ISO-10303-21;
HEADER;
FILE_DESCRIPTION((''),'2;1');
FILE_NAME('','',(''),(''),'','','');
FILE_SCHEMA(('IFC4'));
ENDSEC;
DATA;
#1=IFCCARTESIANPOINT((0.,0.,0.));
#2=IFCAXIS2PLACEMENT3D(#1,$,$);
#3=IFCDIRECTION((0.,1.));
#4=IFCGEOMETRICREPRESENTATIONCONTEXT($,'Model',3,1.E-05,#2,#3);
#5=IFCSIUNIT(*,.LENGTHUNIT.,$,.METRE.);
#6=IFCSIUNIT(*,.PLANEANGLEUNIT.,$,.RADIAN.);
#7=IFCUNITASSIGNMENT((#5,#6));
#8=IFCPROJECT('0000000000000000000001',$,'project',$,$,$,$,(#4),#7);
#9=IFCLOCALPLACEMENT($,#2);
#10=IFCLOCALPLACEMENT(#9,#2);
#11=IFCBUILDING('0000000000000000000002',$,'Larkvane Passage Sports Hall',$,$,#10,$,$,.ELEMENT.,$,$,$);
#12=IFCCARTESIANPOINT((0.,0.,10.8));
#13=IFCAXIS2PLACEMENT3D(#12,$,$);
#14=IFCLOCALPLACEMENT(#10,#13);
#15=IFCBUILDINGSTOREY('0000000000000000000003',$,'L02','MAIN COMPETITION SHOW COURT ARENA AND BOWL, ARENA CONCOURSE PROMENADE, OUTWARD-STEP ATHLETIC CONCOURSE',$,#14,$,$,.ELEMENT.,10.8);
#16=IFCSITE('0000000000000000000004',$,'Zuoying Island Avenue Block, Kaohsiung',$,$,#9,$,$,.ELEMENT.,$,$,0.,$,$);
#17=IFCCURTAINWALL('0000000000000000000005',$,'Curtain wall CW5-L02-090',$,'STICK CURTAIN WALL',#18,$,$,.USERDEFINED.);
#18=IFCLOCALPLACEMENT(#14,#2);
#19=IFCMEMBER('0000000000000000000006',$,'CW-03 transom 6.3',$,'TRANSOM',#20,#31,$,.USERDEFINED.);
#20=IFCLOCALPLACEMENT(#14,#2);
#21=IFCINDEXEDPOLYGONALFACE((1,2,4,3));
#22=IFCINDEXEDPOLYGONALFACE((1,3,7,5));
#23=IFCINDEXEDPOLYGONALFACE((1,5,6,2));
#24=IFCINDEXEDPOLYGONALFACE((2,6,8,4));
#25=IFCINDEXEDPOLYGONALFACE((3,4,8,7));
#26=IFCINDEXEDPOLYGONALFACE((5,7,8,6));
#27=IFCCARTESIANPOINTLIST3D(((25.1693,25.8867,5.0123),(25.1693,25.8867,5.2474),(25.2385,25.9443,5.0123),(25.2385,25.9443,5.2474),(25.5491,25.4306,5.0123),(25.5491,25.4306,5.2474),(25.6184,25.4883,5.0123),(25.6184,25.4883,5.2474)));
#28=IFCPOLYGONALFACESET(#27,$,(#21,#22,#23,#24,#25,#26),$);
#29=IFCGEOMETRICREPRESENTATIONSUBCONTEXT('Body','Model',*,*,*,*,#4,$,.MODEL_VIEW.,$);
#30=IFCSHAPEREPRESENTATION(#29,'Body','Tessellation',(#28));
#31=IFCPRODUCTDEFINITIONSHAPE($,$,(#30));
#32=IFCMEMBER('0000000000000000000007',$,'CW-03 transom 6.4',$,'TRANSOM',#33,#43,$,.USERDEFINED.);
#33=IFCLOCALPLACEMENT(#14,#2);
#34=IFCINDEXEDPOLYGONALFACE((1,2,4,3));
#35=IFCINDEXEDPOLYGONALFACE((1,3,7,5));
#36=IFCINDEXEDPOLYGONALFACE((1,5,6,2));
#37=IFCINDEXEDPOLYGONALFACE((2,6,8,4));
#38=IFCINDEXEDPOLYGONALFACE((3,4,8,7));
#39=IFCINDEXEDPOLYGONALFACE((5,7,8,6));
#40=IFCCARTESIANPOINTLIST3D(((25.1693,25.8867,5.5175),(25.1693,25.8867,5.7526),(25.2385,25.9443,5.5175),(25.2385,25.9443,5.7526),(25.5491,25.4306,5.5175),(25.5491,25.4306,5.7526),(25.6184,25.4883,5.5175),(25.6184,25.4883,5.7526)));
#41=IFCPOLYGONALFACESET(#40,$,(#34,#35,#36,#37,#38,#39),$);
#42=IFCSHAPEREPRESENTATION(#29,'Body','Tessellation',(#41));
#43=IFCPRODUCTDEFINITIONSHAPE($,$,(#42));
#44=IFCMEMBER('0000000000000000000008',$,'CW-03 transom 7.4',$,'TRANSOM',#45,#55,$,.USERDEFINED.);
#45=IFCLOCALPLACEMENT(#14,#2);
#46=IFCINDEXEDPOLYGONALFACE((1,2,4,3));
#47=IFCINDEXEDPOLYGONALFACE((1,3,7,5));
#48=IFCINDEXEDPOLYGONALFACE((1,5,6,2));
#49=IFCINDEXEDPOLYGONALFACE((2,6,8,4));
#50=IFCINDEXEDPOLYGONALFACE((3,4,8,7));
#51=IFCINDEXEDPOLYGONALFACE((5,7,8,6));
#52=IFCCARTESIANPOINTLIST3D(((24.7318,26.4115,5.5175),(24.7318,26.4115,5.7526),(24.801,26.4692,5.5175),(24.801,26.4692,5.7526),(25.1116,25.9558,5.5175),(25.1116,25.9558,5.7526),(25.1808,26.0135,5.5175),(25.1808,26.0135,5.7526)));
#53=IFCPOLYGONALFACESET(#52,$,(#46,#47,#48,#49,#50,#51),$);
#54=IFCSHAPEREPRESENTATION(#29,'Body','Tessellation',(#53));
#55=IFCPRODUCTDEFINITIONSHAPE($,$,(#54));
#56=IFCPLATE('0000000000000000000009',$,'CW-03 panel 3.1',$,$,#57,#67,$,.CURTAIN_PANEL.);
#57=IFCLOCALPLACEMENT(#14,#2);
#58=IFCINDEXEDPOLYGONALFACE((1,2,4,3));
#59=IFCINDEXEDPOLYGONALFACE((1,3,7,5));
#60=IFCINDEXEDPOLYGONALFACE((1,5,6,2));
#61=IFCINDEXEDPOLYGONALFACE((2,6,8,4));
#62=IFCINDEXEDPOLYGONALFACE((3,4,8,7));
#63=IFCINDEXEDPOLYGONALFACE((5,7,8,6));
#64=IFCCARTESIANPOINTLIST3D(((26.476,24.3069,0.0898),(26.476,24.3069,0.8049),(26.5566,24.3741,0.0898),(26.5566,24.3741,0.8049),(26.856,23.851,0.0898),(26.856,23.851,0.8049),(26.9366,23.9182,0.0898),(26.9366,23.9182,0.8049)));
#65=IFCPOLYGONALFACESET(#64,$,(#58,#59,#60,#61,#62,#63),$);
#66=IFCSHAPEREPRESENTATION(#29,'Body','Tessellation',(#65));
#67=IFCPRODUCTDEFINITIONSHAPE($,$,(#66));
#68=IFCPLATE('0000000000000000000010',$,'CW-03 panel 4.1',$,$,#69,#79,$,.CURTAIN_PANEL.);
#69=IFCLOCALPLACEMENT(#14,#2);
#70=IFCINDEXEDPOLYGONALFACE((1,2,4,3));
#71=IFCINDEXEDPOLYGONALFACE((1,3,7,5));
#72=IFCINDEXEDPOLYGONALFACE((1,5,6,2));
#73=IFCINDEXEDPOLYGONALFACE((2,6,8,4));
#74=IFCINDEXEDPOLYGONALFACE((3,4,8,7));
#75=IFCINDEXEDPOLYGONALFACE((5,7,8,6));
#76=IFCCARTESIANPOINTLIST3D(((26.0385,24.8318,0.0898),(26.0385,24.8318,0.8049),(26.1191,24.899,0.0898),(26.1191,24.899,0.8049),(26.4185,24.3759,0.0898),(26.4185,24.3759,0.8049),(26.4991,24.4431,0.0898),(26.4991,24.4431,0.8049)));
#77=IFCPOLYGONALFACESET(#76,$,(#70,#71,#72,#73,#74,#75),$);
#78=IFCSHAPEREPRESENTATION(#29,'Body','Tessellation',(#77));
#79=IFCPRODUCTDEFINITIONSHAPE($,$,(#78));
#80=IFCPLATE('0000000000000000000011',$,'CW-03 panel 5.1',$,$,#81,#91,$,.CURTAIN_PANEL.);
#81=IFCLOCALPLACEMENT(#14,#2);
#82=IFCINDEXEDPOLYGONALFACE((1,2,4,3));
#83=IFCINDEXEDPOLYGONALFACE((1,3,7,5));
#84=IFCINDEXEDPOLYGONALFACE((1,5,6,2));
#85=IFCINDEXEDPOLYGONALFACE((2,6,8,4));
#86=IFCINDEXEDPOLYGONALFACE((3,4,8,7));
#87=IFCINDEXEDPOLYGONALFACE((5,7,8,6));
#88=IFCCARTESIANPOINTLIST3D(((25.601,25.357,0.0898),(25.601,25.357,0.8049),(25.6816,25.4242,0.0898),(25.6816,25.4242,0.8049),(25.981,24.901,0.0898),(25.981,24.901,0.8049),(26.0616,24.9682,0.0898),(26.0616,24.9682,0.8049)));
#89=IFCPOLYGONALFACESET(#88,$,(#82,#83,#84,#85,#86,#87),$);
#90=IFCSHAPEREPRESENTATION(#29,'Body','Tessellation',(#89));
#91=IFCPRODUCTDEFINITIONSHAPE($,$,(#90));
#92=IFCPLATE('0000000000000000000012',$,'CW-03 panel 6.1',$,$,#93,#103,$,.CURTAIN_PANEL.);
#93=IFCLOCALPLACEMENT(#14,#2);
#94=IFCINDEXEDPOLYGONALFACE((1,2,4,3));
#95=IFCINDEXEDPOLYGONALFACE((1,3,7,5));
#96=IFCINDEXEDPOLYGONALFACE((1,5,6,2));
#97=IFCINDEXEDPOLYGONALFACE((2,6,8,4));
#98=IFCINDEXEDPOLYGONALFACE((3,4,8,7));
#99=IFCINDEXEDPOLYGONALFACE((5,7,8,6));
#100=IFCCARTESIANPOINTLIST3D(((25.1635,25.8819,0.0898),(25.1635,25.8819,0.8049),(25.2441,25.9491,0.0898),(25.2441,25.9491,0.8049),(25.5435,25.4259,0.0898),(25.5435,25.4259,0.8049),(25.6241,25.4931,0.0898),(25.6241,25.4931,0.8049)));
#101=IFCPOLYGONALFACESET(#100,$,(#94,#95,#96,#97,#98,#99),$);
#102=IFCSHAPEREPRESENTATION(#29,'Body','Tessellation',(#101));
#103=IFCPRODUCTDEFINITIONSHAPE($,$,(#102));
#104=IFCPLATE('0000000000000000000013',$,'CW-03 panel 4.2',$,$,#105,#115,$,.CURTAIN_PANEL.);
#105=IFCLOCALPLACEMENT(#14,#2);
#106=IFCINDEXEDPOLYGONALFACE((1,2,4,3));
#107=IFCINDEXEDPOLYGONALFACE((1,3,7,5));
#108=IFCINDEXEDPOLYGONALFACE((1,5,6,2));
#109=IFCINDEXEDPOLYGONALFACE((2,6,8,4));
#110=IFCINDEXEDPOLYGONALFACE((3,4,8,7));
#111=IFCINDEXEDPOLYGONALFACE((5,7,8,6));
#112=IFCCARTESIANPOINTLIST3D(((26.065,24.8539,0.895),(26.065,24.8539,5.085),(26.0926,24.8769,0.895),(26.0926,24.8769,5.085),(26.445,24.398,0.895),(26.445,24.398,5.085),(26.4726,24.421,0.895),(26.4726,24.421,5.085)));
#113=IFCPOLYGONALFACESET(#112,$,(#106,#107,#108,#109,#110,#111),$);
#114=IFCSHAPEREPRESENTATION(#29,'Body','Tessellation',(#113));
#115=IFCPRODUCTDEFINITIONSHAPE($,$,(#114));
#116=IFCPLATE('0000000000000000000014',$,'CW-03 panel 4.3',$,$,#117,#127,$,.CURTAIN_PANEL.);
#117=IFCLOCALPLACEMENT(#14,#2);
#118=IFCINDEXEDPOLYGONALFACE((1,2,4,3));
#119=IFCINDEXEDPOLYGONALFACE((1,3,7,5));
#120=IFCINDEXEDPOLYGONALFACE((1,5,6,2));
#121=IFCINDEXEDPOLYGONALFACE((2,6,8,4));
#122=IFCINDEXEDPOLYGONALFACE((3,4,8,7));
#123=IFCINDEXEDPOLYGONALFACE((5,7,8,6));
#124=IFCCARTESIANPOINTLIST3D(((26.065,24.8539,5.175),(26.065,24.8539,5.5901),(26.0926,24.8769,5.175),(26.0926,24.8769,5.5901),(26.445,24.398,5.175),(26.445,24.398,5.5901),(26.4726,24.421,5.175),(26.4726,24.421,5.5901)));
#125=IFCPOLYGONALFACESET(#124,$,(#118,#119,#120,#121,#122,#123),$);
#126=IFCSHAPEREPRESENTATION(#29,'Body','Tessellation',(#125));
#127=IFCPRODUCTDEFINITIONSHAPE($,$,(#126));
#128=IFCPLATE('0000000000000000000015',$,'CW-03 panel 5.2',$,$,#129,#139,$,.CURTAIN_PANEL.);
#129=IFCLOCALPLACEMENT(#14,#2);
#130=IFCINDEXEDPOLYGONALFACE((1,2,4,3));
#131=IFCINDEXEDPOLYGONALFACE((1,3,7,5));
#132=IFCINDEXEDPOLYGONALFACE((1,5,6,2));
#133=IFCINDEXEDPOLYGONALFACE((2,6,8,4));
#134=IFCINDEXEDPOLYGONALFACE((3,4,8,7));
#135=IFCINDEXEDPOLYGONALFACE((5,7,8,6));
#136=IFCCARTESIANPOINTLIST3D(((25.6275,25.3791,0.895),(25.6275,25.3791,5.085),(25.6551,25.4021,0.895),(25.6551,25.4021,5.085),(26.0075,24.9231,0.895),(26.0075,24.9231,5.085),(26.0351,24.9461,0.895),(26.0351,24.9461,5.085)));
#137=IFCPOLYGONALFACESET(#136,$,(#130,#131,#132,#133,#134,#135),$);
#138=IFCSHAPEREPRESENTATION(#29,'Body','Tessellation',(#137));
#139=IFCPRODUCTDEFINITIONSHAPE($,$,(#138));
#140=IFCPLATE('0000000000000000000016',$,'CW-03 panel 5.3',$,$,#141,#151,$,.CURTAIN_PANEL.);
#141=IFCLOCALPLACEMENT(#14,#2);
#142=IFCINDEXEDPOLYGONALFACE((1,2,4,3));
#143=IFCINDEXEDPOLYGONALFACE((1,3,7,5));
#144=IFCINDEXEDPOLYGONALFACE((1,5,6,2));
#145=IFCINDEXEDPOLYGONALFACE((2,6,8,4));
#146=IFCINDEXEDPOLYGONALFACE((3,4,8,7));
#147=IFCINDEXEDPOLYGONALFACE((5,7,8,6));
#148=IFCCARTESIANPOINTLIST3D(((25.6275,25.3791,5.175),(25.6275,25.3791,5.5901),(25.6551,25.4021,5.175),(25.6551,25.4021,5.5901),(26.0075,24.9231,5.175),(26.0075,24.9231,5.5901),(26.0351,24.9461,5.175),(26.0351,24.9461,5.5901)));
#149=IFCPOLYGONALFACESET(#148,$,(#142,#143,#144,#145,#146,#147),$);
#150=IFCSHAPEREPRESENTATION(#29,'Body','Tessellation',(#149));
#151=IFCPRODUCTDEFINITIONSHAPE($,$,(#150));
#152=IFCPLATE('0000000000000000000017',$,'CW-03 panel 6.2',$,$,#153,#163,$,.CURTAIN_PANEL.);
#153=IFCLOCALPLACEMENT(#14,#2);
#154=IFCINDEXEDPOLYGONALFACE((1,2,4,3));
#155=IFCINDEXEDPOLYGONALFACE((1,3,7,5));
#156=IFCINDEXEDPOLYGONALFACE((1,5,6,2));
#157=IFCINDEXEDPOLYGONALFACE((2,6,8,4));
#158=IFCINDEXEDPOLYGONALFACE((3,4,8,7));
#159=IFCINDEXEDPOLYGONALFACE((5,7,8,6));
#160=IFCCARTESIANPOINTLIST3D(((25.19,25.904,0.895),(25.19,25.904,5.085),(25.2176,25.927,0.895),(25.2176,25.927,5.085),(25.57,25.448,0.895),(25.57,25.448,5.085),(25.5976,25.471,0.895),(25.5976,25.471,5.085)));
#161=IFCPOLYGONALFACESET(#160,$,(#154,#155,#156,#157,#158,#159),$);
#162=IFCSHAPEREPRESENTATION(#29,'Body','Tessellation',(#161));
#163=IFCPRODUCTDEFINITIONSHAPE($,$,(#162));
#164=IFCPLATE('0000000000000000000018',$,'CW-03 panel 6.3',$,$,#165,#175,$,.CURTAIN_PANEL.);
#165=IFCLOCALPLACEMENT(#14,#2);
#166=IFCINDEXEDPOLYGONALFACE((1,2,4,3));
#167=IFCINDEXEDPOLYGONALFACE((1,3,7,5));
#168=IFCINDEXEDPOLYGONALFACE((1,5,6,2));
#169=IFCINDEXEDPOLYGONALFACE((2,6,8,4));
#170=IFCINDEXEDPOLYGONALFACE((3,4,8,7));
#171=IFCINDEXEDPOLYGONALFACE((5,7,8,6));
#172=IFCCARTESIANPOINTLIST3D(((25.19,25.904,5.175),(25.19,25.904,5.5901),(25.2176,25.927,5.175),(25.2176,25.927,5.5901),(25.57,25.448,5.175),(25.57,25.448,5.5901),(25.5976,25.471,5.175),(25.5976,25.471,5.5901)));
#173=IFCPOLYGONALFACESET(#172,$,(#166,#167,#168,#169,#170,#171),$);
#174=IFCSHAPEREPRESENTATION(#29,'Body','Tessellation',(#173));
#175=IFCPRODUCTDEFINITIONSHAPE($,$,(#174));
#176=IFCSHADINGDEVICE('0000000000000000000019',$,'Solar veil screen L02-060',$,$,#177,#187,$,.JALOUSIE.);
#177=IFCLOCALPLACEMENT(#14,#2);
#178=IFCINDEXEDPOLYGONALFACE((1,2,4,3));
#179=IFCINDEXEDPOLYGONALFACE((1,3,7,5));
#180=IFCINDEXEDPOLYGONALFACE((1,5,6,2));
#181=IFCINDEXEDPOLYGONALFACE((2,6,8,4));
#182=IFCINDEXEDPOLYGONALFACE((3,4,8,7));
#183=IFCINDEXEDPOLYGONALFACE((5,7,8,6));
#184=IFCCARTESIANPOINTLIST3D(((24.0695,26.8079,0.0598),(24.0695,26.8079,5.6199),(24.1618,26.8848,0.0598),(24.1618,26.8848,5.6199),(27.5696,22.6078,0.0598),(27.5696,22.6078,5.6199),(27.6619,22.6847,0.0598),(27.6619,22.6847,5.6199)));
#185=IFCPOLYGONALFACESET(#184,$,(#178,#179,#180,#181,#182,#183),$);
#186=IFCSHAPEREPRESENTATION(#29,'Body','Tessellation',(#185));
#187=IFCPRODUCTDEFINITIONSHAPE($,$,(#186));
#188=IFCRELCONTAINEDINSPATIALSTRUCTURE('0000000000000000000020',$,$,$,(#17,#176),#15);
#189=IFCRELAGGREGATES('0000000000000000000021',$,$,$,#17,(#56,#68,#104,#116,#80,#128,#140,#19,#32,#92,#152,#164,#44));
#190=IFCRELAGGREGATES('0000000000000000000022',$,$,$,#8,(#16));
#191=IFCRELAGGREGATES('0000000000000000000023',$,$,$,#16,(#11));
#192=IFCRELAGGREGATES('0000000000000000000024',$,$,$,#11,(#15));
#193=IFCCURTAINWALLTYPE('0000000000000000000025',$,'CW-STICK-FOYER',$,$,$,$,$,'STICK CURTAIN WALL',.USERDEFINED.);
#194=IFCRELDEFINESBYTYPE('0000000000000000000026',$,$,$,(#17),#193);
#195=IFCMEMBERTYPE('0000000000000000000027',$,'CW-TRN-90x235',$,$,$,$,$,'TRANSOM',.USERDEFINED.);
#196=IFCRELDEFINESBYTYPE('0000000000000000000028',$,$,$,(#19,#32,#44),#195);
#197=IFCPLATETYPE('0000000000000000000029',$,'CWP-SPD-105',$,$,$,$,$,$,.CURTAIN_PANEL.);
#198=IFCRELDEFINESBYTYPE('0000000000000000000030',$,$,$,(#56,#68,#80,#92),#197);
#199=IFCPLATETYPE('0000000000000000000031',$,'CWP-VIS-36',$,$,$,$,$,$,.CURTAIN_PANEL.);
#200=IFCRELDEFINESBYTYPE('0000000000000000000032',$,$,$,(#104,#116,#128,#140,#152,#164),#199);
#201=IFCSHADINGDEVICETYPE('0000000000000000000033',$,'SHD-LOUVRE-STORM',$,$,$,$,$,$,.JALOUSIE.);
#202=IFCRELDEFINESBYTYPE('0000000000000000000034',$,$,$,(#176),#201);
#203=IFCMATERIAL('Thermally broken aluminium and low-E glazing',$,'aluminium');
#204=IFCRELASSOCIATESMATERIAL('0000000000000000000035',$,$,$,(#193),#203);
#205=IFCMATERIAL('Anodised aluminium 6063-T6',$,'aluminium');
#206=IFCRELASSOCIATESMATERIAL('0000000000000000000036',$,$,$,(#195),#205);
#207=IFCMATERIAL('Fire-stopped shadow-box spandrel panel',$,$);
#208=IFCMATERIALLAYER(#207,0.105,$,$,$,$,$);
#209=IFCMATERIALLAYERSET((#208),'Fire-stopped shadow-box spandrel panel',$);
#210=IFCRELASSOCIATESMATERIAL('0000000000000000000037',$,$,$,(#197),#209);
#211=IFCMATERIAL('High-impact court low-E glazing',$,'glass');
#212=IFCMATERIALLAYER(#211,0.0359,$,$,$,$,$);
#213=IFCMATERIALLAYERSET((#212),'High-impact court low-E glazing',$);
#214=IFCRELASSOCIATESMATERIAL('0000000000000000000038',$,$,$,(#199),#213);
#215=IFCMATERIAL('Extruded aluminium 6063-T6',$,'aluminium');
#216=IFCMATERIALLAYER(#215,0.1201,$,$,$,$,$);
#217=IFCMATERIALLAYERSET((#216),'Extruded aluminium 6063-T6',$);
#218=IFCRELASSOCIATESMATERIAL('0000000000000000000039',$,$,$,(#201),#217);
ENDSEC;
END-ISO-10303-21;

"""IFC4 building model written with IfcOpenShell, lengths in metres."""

from ifc_helpers import new_model, si_unit, direction, frame, origin, origin_2d, place, context, subcontext, project, spatial, rectangle, extrude, material, layer, layer_set, material_profile, profile_set, type_object, element, aggregate, save


model = new_model("IFC4")

# Units and contexts
model_context = context("Model", 3, precision=1e-05, world=origin(), true_north=direction((0.0, 1.0)))
body_context = subcontext(model_context, "Body", "Model", "MODEL_VIEW")
ifc_project = project(units=[si_unit("LENGTHUNIT", "METRE"), si_unit("PLANEANGLEUNIT", "RADIAN")], contexts=[model_context])

# Site, building, storey
site_placement = place(None, origin())
site = spatial("IfcSite", under=ifc_project, at=site_placement, Name="Zuoying Island Avenue Block, Kaohsiung", CompositionType="ELEMENT", RefElevation=0.0)
building_placement = place(site_placement, origin())
building = spatial("IfcBuilding", under=site, at=building_placement, Name="Larkvane Passage Sports Hall", CompositionType="ELEMENT")
storey_placement = place(building_placement, frame((0.0, 0.0, 10.8)))
storey = spatial("IfcBuildingStorey", under=building, at=storey_placement, Name="L02", Description="MAIN COMPETITION SHOW COURT ARENA AND BOWL, ARENA CONCOURSE PROMENADE, OUTWARD-STEP ATHLETIC CONCOURSE", CompositionType="ELEMENT", Elevation=10.8)

# Curtain wall, members, plates
ifc_material_1 = material(Name="Thermally broken aluminium and low-E glazing", Category="aluminium")
curtain_wall_type = type_object("IfcCurtainWallType", Name="CW-STICK-FOYER", ElementType="STICK CURTAIN WALL", PredefinedType="USERDEFINED", material=ifc_material_1)
curtain_wall_placement = place(storey_placement, origin())
curtain_wall = element("IfcCurtainWall", 1, at=curtain_wall_placement, inside=storey, type_object=curtain_wall_type, Name="Curtain wall CW5-L02-090", ObjectType="STICK CURTAIN WALL", PredefinedType="USERDEFINED")
ifc_material_2 = material(Name="Anodised aluminium 6063-T6", Category="aluminium")
ifc_material_profile_1 = material_profile(ifc_material_2, rectangle(XDim=0.0901, YDim=0.2351, at=origin_2d()), Name="ALU-TRN-90x235")
ifc_profile_set_1 = profile_set([ifc_material_profile_1], Name="Anodised aluminium 6063-T6")
member_type_1 = type_object("IfcMemberType", Name="CW-TRN-90x235", ElementType="TRANSOM", PredefinedType="USERDEFINED", material=ifc_profile_set_1)
member_1_placement = place(storey_placement, frame((25.5837, 25.4595, 5.1299), z_axis=(-0.640023, 0.768356, 0.0), x_axis=(-0.768356, -0.640023, 0.0)))
member_1 = element("IfcMember", 2, at=member_1_placement, type_object=member_type_1, Name="CW-03 transom 6.3", ObjectType="TRANSOM", PredefinedType="USERDEFINED", context=body_context, shape_type="SweptSolid", body=[
    extrude(rectangle(XDim=0.0901, YDim=0.2351, at=origin_2d()), origin(), (0.0, 0.0, 1.0), 0.5935),
])
member_2_placement = place(storey_placement, frame((25.5837, 25.4595, 5.635), z_axis=(-0.640023, 0.768356, 0.0), x_axis=(-0.768356, -0.640023, 0.0)))
member_2 = element("IfcMember", 3, at=member_2_placement, type_object=member_type_1, Name="CW-03 transom 6.4", ObjectType="TRANSOM", PredefinedType="USERDEFINED", context=body_context, shape_type="SweptSolid", body=[
    extrude(rectangle(XDim=0.0901, YDim=0.2351, at=origin_2d()), origin(), (0.0, 0.0, 1.0), 0.5935),
])
member_3_placement = place(storey_placement, frame((25.1462, 25.9846, 5.635), z_axis=(-0.640225, 0.768188, 0.0), x_axis=(-0.768188, -0.640225, 0.0)))
member_3 = element("IfcMember", 4, at=member_3_placement, type_object=member_type_1, Name="CW-03 transom 7.4", ObjectType="TRANSOM", PredefinedType="USERDEFINED", context=body_context, shape_type="SweptSolid", body=[
    extrude(rectangle(XDim=0.0901, YDim=0.2351, at=origin_2d()), origin(), (0.0, 0.0, 1.0), 0.5933),
])
ifc_material_3 = material(Name="Fire-stopped shadow-box spandrel panel")
ifc_layer_1 = layer(ifc_material_3, 0.105)
ifc_layer_set_1 = layer_set([ifc_layer_1], Name="Fire-stopped shadow-box spandrel panel")
plate_type_1 = type_object("IfcPlateType", Name="CWP-SPD-105", PredefinedType="CURTAIN_PANEL", material=ifc_layer_set_1)
plate_1_placement = place(storey_placement, frame((26.7063, 24.1125, 0.0898), z_axis=(0.0, 0.0, 1.0), x_axis=(-0.640184, 0.768221, 0.0)))
plate_1 = element("IfcPlate", 5, at=plate_1_placement, type_object=plate_type_1, Name="CW-03 panel 3.1", PredefinedType="CURTAIN_PANEL", context=body_context, shape_type="SweptSolid", body=[
    extrude(rectangle(XDim=0.5935, YDim=0.105, at=origin_2d()), origin(), (0.0, 0.0, 1.0), 0.7151),
])
plate_2_placement = place(storey_placement, frame((26.2688, 24.6375, 0.0898), z_axis=(0.0, 0.0, 1.0), x_axis=(-0.640184, 0.768221, 0.0)))
plate_2 = element("IfcPlate", 6, at=plate_2_placement, type_object=plate_type_1, Name="CW-03 panel 4.1", PredefinedType="CURTAIN_PANEL", context=body_context, shape_type="SweptSolid", body=[
    extrude(rectangle(XDim=0.5935, YDim=0.105, at=origin_2d()), origin(), (0.0, 0.0, 1.0), 0.7151),
])
plate_3_placement = place(storey_placement, frame((25.8313, 25.1626, 0.0898), z_axis=(0.0, 0.0, 1.0), x_axis=(-0.640184, 0.768221, 0.0)))
plate_3 = element("IfcPlate", 7, at=plate_3_placement, type_object=plate_type_1, Name="CW-03 panel 5.1", PredefinedType="CURTAIN_PANEL", context=body_context, shape_type="SweptSolid", body=[
    extrude(rectangle(XDim=0.5935, YDim=0.105, at=origin_2d()), origin(), (0.0, 0.0, 1.0), 0.7151),
])
plate_4_placement = place(storey_placement, frame((25.3938, 25.6875, 0.0898), z_axis=(0.0, 0.0, 1.0), x_axis=(-0.640184, 0.768221, 0.0)))
plate_4 = element("IfcPlate", 8, at=plate_4_placement, type_object=plate_type_1, Name="CW-03 panel 6.1", PredefinedType="CURTAIN_PANEL", context=body_context, shape_type="SweptSolid", body=[
    extrude(rectangle(XDim=0.5935, YDim=0.105, at=origin_2d()), origin(), (0.0, 0.0, 1.0), 0.7151),
])
ifc_material_4 = material(Name="High-impact court low-E glazing", Category="glass")
ifc_layer_2 = layer(ifc_material_4, 0.0359)
ifc_layer_set_2 = layer_set([ifc_layer_2], Name="High-impact court low-E glazing")
plate_type_2 = type_object("IfcPlateType", Name="CWP-VIS-36", PredefinedType="CURTAIN_PANEL", material=ifc_layer_set_2)
plate_5_placement = place(storey_placement, frame((26.2688, 24.6375, 0.895), z_axis=(0.0, 0.0, 1.0), x_axis=(-0.640184, 0.768221, 0.0)))
plate_5 = element("IfcPlate", 9, at=plate_5_placement, type_object=plate_type_2, Name="CW-03 panel 4.2", PredefinedType="CURTAIN_PANEL", context=body_context, shape_type="SweptSolid", body=[
    extrude(rectangle(XDim=0.5935, YDim=0.0359, at=origin_2d()), origin(), (0.0, 0.0, 1.0), 4.1899),
])
plate_6_placement = place(storey_placement, frame((26.2688, 24.6375, 5.175), z_axis=(0.0, 0.0, 1.0), x_axis=(-0.640184, 0.768221, 0.0)))
plate_6 = element("IfcPlate", 10, at=plate_6_placement, type_object=plate_type_2, Name="CW-03 panel 4.3", PredefinedType="CURTAIN_PANEL", context=body_context, shape_type="SweptSolid", body=[
    extrude(rectangle(XDim=0.5935, YDim=0.0359, at=origin_2d()), origin(), (0.0, 0.0, 1.0), 0.415),
])
plate_7_placement = place(storey_placement, frame((25.8313, 25.1626, 0.895), z_axis=(0.0, 0.0, 1.0), x_axis=(-0.640184, 0.768221, 0.0)))
plate_7 = element("IfcPlate", 11, at=plate_7_placement, type_object=plate_type_2, Name="CW-03 panel 5.2", PredefinedType="CURTAIN_PANEL", context=body_context, shape_type="SweptSolid", body=[
    extrude(rectangle(XDim=0.5935, YDim=0.0359, at=origin_2d()), origin(), (0.0, 0.0, 1.0), 4.1899),
])
plate_8_placement = place(storey_placement, frame((25.8313, 25.1626, 5.175), z_axis=(0.0, 0.0, 1.0), x_axis=(-0.640184, 0.768221, 0.0)))
plate_8 = element("IfcPlate", 12, at=plate_8_placement, type_object=plate_type_2, Name="CW-03 panel 5.3", PredefinedType="CURTAIN_PANEL", context=body_context, shape_type="SweptSolid", body=[
    extrude(rectangle(XDim=0.5935, YDim=0.0359, at=origin_2d()), origin(), (0.0, 0.0, 1.0), 0.415),
])
plate_9_placement = place(storey_placement, frame((25.3938, 25.6875, 0.895), z_axis=(0.0, 0.0, 1.0), x_axis=(-0.640184, 0.768221, 0.0)))
plate_9 = element("IfcPlate", 13, at=plate_9_placement, type_object=plate_type_2, Name="CW-03 panel 6.2", PredefinedType="CURTAIN_PANEL", context=body_context, shape_type="SweptSolid", body=[
    extrude(rectangle(XDim=0.5935, YDim=0.0359, at=origin_2d()), origin(), (0.0, 0.0, 1.0), 4.1899),
])
plate_10_placement = place(storey_placement, frame((25.3938, 25.6875, 5.175), z_axis=(0.0, 0.0, 1.0), x_axis=(-0.640184, 0.768221, 0.0)))
plate_10 = element("IfcPlate", 14, at=plate_10_placement, type_object=plate_type_2, Name="CW-03 panel 6.3", PredefinedType="CURTAIN_PANEL", context=body_context, shape_type="SweptSolid", body=[
    extrude(rectangle(XDim=0.5935, YDim=0.0359, at=origin_2d()), origin(), (0.0, 0.0, 1.0), 0.415),
])
aggregate(curtain_wall, [plate_1, plate_2, plate_5, plate_6, plate_3, plate_7, plate_8, member_1, member_2, plate_4, plate_9, plate_10, member_3])

# Shading device
ifc_material_5 = material(Name="Extruded aluminium 6063-T6", Category="aluminium")
ifc_layer_3 = layer(ifc_material_5, 0.1201)
ifc_layer_set_3 = layer_set([ifc_layer_3], Name="Extruded aluminium 6063-T6")
shading_device_type = type_object("IfcShadingDeviceType", Name="SHD-LOUVRE-STORM", PredefinedType="JALOUSIE", material=ifc_layer_set_3)
shading_device_placement = place(storey_placement, frame((25.8657, 24.7463, 0.0598), z_axis=(0.0, 0.0, 1.0), x_axis=(-0.640184, 0.768221, 0.0)))
element("IfcShadingDevice", 15, at=shading_device_placement, inside=storey, type_object=shading_device_type, Name="Solar veil screen L02-060", PredefinedType="JALOUSIE", context=body_context, shape_type="SweptSolid", body=[
    extrude(rectangle(XDim=5.4673, YDim=0.1201, at=origin_2d()), origin(), (0.0, 0.0, 1.0), 5.5601),
])

save(model, "model.ifc")
